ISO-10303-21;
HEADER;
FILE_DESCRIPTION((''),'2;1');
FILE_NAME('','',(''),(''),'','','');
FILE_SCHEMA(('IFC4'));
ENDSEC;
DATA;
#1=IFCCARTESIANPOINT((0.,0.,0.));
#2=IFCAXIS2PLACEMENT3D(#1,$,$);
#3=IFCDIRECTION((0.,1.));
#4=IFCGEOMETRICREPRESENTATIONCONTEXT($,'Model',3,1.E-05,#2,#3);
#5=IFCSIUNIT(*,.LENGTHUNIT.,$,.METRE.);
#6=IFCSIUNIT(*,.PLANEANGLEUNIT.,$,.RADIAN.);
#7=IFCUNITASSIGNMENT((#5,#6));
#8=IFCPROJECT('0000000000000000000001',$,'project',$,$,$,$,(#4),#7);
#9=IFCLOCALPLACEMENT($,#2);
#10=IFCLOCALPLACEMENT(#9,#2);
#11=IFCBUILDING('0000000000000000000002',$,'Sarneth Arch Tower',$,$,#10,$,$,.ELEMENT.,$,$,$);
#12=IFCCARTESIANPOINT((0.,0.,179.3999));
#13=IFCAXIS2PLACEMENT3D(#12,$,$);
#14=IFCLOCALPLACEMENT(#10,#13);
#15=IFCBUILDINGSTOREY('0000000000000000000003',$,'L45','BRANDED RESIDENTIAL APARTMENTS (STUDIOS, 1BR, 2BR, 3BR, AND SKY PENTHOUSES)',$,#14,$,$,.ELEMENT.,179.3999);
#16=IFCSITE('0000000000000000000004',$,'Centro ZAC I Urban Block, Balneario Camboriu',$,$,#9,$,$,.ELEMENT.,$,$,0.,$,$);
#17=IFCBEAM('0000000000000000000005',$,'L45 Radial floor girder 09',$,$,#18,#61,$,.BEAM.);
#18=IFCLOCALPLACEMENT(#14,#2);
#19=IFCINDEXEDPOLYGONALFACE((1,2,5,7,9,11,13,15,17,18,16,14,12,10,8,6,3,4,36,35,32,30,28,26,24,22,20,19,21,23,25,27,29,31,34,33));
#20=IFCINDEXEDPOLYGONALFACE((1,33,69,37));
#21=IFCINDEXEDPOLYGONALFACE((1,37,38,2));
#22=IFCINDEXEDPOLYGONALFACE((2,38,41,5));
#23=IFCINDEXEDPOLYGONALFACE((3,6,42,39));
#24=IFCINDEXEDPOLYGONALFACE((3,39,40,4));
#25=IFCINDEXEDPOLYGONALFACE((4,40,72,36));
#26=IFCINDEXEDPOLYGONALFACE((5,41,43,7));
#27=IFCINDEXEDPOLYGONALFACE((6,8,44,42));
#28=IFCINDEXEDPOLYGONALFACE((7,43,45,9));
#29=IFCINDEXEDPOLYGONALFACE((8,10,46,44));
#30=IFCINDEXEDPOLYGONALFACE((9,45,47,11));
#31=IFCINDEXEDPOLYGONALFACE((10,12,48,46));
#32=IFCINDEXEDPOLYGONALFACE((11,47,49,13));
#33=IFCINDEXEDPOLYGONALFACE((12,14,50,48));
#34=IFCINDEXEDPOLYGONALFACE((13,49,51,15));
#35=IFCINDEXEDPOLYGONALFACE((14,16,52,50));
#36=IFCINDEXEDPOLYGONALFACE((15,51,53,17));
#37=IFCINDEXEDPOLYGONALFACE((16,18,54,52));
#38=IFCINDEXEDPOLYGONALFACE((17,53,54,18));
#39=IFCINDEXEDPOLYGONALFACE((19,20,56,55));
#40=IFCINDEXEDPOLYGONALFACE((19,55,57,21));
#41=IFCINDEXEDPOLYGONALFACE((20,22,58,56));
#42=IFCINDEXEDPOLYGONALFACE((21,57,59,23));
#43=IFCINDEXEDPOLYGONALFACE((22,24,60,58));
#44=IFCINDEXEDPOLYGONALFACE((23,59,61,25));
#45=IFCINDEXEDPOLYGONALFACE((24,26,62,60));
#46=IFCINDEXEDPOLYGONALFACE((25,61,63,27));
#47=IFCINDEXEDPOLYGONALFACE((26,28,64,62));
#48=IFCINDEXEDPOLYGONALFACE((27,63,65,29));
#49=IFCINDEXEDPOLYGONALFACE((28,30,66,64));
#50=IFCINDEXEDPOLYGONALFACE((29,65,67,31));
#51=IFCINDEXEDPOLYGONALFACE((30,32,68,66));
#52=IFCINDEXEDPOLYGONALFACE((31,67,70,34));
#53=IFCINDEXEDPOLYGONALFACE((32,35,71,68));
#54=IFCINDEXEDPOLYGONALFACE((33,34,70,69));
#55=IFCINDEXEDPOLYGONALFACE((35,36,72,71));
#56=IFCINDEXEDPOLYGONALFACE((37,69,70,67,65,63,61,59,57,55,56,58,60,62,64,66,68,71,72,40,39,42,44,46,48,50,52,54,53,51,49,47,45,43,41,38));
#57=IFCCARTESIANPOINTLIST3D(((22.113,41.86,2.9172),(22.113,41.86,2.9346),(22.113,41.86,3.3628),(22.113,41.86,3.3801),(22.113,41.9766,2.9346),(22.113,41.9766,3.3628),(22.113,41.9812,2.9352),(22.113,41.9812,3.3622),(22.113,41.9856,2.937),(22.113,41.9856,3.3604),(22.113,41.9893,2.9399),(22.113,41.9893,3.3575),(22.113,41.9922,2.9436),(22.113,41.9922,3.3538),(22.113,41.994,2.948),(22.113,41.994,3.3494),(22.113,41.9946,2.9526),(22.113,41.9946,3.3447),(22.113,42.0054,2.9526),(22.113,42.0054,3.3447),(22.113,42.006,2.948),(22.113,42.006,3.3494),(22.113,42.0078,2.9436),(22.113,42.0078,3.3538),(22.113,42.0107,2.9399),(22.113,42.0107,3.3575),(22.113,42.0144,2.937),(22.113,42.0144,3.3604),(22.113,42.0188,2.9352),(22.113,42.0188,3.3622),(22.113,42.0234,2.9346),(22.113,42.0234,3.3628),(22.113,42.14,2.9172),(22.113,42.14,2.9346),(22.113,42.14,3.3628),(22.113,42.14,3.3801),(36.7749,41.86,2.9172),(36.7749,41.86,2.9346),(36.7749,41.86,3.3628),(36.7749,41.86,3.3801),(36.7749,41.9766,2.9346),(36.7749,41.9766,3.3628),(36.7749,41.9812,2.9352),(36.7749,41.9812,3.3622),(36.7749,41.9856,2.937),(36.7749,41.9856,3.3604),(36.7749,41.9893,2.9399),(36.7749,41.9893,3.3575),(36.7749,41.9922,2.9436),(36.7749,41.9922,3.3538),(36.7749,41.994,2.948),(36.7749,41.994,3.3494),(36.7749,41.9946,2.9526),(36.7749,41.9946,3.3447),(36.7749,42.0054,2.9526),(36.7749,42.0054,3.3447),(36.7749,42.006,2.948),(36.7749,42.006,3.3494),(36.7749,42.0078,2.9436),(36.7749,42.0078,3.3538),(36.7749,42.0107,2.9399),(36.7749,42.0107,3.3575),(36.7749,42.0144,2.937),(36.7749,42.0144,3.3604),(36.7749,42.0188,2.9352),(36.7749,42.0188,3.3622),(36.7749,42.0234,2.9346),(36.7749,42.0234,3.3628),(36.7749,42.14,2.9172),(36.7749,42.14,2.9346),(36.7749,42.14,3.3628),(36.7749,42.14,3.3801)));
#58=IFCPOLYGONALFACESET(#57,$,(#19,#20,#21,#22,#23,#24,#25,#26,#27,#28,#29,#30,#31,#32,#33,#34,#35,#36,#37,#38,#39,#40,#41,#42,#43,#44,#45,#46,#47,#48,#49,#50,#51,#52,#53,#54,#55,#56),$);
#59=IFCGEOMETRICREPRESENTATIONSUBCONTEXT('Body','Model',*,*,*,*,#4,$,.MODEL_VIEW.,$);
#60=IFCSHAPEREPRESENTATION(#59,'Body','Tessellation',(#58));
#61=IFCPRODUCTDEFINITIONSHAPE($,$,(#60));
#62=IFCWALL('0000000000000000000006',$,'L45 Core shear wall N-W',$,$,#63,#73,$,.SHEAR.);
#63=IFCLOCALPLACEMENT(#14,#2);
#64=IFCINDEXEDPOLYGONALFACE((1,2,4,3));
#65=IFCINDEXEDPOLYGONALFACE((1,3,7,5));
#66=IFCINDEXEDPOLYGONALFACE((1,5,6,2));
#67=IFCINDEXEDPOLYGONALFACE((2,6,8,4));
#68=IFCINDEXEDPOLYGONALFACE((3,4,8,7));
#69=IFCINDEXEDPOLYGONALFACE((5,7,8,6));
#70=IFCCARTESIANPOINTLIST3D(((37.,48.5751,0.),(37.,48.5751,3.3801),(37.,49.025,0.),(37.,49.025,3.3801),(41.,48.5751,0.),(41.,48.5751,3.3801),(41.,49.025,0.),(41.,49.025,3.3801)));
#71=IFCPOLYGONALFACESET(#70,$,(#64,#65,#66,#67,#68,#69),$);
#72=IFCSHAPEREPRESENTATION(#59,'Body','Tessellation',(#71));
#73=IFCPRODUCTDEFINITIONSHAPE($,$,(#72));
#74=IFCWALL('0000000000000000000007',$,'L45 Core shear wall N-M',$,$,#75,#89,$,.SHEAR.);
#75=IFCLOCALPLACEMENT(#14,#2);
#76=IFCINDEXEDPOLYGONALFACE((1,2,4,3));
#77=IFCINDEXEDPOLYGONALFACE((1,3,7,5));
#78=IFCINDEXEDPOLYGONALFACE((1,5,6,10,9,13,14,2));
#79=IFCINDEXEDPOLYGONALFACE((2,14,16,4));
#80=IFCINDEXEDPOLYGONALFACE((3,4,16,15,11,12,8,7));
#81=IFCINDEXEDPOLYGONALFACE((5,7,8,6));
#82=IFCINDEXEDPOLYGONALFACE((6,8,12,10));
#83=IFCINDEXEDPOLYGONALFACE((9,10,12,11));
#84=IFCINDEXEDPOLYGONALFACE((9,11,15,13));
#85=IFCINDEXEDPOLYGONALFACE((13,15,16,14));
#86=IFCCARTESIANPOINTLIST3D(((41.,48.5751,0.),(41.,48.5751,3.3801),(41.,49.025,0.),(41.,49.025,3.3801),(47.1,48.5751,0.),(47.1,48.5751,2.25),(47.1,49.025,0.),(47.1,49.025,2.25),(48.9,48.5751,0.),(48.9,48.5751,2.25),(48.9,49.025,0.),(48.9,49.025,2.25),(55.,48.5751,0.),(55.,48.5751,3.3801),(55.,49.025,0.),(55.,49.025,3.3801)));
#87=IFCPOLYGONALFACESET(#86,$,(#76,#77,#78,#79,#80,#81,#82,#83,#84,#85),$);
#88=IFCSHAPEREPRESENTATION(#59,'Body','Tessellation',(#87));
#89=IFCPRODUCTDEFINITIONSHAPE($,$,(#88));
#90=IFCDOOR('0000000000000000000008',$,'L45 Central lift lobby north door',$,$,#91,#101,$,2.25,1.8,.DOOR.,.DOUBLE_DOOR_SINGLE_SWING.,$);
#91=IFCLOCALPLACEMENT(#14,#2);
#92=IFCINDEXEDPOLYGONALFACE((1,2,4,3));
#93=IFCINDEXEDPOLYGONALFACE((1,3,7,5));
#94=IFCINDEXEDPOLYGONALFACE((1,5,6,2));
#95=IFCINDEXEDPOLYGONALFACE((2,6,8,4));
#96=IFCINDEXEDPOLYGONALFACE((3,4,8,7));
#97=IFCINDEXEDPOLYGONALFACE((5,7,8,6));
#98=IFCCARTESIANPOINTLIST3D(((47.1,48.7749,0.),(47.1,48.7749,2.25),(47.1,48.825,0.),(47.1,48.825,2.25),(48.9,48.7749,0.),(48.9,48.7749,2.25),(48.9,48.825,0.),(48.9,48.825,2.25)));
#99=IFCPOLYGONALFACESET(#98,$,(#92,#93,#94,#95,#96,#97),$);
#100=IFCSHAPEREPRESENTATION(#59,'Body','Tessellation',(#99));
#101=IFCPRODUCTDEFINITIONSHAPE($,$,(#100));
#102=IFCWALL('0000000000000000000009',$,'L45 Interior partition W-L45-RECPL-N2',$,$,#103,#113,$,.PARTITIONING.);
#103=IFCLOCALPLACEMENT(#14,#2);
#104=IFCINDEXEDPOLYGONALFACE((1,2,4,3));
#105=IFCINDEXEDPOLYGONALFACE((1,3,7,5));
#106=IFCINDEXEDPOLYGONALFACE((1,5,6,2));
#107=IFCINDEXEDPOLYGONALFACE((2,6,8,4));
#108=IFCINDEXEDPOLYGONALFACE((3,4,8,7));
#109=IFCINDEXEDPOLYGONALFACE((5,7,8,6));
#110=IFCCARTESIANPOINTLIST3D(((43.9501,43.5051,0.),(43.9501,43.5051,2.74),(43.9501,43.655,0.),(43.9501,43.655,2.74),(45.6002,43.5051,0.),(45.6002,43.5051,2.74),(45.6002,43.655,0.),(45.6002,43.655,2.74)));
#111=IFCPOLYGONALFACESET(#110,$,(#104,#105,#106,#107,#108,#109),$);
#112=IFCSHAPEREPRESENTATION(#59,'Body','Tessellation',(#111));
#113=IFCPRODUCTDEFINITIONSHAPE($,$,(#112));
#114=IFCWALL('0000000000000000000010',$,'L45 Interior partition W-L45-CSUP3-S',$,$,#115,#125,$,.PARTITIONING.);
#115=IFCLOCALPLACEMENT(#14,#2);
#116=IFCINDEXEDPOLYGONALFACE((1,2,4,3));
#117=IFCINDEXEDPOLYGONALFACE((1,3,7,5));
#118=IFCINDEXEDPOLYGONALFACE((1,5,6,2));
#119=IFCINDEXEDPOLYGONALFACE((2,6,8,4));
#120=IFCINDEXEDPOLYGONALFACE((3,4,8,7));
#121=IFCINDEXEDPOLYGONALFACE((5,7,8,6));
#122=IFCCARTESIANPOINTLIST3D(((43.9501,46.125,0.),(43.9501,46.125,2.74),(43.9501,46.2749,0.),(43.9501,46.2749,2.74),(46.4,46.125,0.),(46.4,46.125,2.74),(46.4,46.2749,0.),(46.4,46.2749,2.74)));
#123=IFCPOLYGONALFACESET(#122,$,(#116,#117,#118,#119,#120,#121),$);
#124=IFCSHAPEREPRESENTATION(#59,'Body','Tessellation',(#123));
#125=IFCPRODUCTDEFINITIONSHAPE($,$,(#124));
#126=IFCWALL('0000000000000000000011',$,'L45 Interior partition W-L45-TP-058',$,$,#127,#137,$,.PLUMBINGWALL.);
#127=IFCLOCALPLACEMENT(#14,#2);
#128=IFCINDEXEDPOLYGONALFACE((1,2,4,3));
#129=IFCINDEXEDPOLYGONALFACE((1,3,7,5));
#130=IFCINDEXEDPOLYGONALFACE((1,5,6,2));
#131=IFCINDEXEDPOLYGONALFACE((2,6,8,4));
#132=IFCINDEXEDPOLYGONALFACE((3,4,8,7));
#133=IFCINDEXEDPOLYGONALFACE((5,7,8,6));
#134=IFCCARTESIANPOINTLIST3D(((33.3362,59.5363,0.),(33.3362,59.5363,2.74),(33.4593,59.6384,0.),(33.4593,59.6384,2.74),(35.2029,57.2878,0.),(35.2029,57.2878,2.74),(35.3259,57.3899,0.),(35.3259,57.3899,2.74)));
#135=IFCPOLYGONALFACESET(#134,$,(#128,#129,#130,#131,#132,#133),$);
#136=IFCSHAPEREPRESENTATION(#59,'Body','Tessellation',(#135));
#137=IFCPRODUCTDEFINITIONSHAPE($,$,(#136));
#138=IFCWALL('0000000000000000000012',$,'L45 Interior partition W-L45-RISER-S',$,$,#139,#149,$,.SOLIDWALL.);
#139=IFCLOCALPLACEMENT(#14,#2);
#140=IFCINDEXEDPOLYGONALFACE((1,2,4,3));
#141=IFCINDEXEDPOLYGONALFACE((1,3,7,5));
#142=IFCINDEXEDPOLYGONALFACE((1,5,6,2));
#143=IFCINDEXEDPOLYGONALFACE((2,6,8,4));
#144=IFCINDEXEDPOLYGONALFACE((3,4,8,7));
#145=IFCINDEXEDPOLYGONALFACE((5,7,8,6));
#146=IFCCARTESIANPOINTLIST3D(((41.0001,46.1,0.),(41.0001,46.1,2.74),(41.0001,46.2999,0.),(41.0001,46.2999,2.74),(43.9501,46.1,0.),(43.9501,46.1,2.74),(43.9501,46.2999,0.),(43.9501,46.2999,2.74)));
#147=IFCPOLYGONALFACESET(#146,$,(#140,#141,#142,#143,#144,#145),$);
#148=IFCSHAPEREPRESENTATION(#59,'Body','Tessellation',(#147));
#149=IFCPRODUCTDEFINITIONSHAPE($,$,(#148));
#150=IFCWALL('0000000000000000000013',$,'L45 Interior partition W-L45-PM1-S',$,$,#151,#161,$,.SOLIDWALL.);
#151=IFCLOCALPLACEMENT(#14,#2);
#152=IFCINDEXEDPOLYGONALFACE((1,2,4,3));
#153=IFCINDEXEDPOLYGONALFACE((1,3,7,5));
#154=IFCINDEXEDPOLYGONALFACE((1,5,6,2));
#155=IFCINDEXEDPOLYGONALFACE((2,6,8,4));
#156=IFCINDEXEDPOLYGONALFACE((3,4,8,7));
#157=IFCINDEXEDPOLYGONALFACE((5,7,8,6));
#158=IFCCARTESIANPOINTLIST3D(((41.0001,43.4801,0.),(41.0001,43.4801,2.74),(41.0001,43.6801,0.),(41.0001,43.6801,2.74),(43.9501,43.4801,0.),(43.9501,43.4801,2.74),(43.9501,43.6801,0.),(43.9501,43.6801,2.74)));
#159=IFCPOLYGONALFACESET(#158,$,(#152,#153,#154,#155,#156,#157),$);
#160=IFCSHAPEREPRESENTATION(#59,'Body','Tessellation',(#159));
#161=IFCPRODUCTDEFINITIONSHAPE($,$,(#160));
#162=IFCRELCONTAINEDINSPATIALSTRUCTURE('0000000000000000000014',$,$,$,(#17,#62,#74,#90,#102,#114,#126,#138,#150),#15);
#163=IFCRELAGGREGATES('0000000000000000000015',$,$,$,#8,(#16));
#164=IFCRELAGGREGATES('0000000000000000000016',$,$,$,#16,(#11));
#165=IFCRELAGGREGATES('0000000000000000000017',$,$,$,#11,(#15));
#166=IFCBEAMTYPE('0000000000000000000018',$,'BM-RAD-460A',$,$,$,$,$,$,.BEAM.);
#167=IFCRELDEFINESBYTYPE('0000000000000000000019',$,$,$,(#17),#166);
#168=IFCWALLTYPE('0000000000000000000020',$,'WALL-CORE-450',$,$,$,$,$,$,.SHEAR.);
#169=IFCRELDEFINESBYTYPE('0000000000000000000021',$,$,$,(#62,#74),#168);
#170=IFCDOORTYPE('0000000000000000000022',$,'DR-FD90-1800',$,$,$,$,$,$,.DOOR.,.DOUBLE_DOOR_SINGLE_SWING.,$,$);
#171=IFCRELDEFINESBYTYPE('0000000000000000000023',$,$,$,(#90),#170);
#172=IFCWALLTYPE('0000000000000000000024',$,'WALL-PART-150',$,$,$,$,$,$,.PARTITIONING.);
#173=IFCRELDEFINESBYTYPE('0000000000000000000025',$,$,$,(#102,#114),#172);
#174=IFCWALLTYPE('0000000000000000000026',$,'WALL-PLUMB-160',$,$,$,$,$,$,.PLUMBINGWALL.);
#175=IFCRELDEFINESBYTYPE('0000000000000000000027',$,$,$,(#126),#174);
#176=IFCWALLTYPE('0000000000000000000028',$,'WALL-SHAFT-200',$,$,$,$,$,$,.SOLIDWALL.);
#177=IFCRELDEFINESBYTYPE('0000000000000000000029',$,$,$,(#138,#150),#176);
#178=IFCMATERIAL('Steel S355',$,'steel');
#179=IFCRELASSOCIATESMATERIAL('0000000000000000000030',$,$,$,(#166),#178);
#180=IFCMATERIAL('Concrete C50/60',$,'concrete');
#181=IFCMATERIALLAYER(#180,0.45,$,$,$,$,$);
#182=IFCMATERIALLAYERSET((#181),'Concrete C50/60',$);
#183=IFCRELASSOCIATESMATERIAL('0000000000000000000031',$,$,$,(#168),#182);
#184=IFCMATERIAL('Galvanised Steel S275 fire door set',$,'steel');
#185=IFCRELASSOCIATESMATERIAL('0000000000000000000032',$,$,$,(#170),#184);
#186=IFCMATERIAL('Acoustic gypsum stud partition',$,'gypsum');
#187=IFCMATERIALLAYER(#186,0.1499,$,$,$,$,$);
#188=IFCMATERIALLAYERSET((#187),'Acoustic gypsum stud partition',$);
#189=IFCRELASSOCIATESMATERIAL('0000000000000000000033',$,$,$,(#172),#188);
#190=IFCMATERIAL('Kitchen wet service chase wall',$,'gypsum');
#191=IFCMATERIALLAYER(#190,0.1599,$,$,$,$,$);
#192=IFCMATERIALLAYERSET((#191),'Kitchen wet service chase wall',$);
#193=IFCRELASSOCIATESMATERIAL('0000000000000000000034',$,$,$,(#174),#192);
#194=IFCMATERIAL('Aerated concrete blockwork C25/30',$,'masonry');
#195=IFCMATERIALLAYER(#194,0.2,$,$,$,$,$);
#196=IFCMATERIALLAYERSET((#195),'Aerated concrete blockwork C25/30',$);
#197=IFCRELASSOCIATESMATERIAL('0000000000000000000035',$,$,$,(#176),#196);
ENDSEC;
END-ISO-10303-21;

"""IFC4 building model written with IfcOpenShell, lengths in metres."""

from ifc_helpers import new_model, si_unit, direction, frame, frame_2d, origin, origin_2d, place, context, subcontext, project, spatial, rectangle, i_section, extrude, material, layer, layer_set, material_profile, profile_set, type_object, element, fill, save


model = new_model("IFC4")

# Units and contexts
model_context = context("Model", 3, precision=1e-05, world=origin(), true_north=direction((0.0, 1.0)))
body_context = subcontext(model_context, "Body", "Model", "MODEL_VIEW")
ifc_project = project(units=[si_unit("LENGTHUNIT", "METRE"), si_unit("PLANEANGLEUNIT", "RADIAN")], contexts=[model_context])

# Site, building, storey
site_placement = place(None, origin())
site = spatial("IfcSite", under=ifc_project, at=site_placement, Name="Centro ZAC I Urban Block, Balneario Camboriu", CompositionType="ELEMENT", RefElevation=0.0)
building_placement = place(site_placement, origin())
building = spatial("IfcBuilding", under=site, at=building_placement, Name="Sarneth Arch Tower", CompositionType="ELEMENT")
storey_placement = place(building_placement, frame((0.0, 0.0, 179.3999)))
storey = spatial("IfcBuildingStorey", under=building, at=storey_placement, Name="L45", Description="BRANDED RESIDENTIAL APARTMENTS (STUDIOS, 1BR, 2BR, 3BR, AND SKY PENTHOUSES)", CompositionType="ELEMENT", Elevation=179.3999)

# Beam
ifc_material_1 = material(Name="Steel S355", Category="steel")
ifc_material_profile_1 = material_profile(ifc_material_1, i_section(OverallWidth=0.28, OverallDepth=0.4629, WebThickness=0.0107, FlangeThickness=0.0173, FilletRadius=0.0181, at=origin_2d()), Name="W460x113")
ifc_profile_set_1 = profile_set([ifc_material_profile_1], Name="Steel S355")
beam_type_1 = type_object("IfcBeamType", Name="BM-RAD-460A", PredefinedType="BEAM", material=ifc_profile_set_1)
beam_1_placement = place(storey_placement, frame((36.7749, 42.0, 3.1487), z_axis=(-1.0, 0.0, 0.0), x_axis=(0.0, -1.0, 0.0)))
element("IfcBeam", 1, at=beam_1_placement, inside=storey, type_object=beam_type_1, Name="L45 Radial floor girder 09", PredefinedType="BEAM", context=body_context, shape_type="SweptSolid", body=[
    extrude(i_section(OverallWidth=0.28, OverallDepth=0.4629, WebThickness=0.0107, FlangeThickness=0.0173, FilletRadius=0.0181, at=origin_2d()), origin(), (0.0, 0.0, 1.0), 14.6619),
])

# Wall
ifc_material_2 = material(Name="Concrete C50/60", Category="concrete")
ifc_layer_1 = layer(ifc_material_2, 0.45)
ifc_layer_set_1 = layer_set([ifc_layer_1], Name="Concrete C50/60")
wall_type_1 = type_object("IfcWallType", Name="WALL-CORE-450", PredefinedType="SHEAR", material=ifc_layer_set_1)
wall_1_placement = place(storey_placement, frame((37.0, 48.8, 0.0), z_axis=(0.0, 0.0, 1.0), x_axis=(1.0, 0.0, 0.0)))
element("IfcWall", 2, at=wall_1_placement, inside=storey, type_object=wall_type_1, Name="L45 Core shear wall N-W", PredefinedType="SHEAR", context=body_context, shape_type="SweptSolid", body=[
    extrude(rectangle(XDim=4.0, YDim=0.45, at=frame_2d((2.0, 0.0))), origin(), (0.0, 0.0, 1.0), 3.3801),
])

# Wall, opening, door
wall_2_placement = place(storey_placement, frame((41.0, 48.8, 0.0), z_axis=(0.0, 0.0, 1.0), x_axis=(1.0, 0.0, 0.0)))
wall_2 = element("IfcWall", 3, at=wall_2_placement, inside=storey, type_object=wall_type_1, Name="L45 Core shear wall N-M", PredefinedType="SHEAR", context=body_context, shape_type="SweptSolid", body=[
    extrude(rectangle(XDim=14.0, YDim=0.45, at=frame_2d((7.0, 0.0))), origin(), (0.0, 0.0, 1.0), 3.3801),
])
opening_1_placement = place(wall_2_placement, frame((6.1001, 0.0, 0.0)))
opening_1 = element("IfcOpeningElement", 4, at=opening_1_placement, cuts=wall_2, PredefinedType="OPENING", context=body_context, shape_type="SweptSolid", body=[
    extrude(rectangle(XDim=1.8, YDim=2.25, at=frame_2d((0.8999, 1.125))), frame((0.0, 0.2349, 0.0), z_axis=(0.0, -1.0, 0.0), x_axis=(1.0, 0.0, 0.0)), (0.0, 0.0, 1.0), 0.47),
])
ifc_material_3 = material(Name="Galvanised Steel S275 fire door set", Category="steel")
door_type_1 = type_object("IfcDoorType", Name="DR-FD90-1800", OperationType="DOUBLE_DOOR_SINGLE_SWING", PredefinedType="DOOR", material=ifc_material_3)
door_1_placement = place(opening_1_placement, origin())
door_1 = element("IfcDoor", 5, at=door_1_placement, inside=storey, type_object=door_type_1, Name="L45 Central lift lobby north door", OperationType="DOUBLE_DOOR_SINGLE_SWING", OverallHeight=2.25, OverallWidth=1.8, PredefinedType="DOOR", context=body_context, shape_type="SweptSolid", body=[
    extrude(rectangle(XDim=1.8, YDim=2.25, at=frame_2d((0.8999, 1.125))), frame((0.0, 0.0249, 0.0), z_axis=(0.0, -1.0, 0.0), x_axis=(1.0, 0.0, 0.0)), (0.0, 0.0, 1.0), 0.05),
])
fill(opening_1, door_1)

# Walls
ifc_material_4 = material(Name="Acoustic gypsum stud partition", Category="gypsum")
ifc_layer_2 = layer(ifc_material_4, 0.1499)
ifc_layer_set_2 = layer_set([ifc_layer_2], Name="Acoustic gypsum stud partition")
wall_type_2 = type_object("IfcWallType", Name="WALL-PART-150", PredefinedType="PARTITIONING", material=ifc_layer_set_2)
wall_3_placement = place(storey_placement, frame((43.95, 43.5801, 0.0), z_axis=(0.0, 0.0, 1.0), x_axis=(1.0, 0.0, 0.0)))
element("IfcWall", 6, at=wall_3_placement, inside=storey, type_object=wall_type_2, Name="L45 Interior partition W-L45-RECPL-N2", PredefinedType="PARTITIONING", context=body_context, shape_type="SweptSolid", body=[
    extrude(rectangle(XDim=1.6501, YDim=0.1499, at=frame_2d((0.8252, 0.0))), origin(), (0.0, 0.0, 1.0), 2.74),
])
wall_4_placement = place(storey_placement, frame((43.95, 46.2, 0.0), z_axis=(0.0, 0.0, 1.0), x_axis=(1.0, 0.0, 0.0)))
element("IfcWall", 7, at=wall_4_placement, inside=storey, type_object=wall_type_2, Name="L45 Interior partition W-L45-CSUP3-S", PredefinedType="PARTITIONING", context=body_context, shape_type="SweptSolid", body=[
    extrude(rectangle(XDim=2.45, YDim=0.1499, at=frame_2d((1.2251, 0.0))), origin(), (0.0, 0.0, 1.0), 2.74),
])

# Walls
ifc_material_5 = material(Name="Kitchen wet service chase wall", Category="gypsum")
ifc_layer_3 = layer(ifc_material_5, 0.1599)
ifc_layer_set_3 = layer_set([ifc_layer_3], Name="Kitchen wet service chase wall")
wall_type_3 = type_object("IfcWallType", Name="WALL-PLUMB-160", PredefinedType="PLUMBINGWALL", material=ifc_layer_set_3)
wall_5_placement = place(storey_placement, frame((35.2644, 57.3389, 0.0), z_axis=(0.0, 0.0, 1.0), x_axis=(-0.638754, 0.769411, 0.0)))
element("IfcWall", 8, at=wall_5_placement, inside=storey, type_object=wall_type_3, Name="L45 Interior partition W-L45-TP-058", PredefinedType="PLUMBINGWALL", context=body_context, shape_type="SweptSolid", body=[
    extrude(rectangle(XDim=2.9224, YDim=0.1599, at=frame_2d((1.4612, 0.0))), origin(), (0.0, 0.0, 1.0), 2.74),
])
ifc_material_6 = material(Name="Aerated concrete blockwork C25/30", Category="masonry")
ifc_layer_4 = layer(ifc_material_6, 0.2)
ifc_layer_set_4 = layer_set([ifc_layer_4], Name="Aerated concrete blockwork C25/30")
wall_type_4 = type_object("IfcWallType", Name="WALL-SHAFT-200", PredefinedType="SOLIDWALL", material=ifc_layer_set_4)
wall_6_placement = place(storey_placement, frame((41.0, 46.2, 0.0), z_axis=(0.0, 0.0, 1.0), x_axis=(1.0, 0.0, 0.0)))
element("IfcWall", 9, at=wall_6_placement, inside=storey, type_object=wall_type_4, Name="L45 Interior partition W-L45-RISER-S", PredefinedType="SOLIDWALL", context=body_context, shape_type="SweptSolid", body=[
    extrude(rectangle(XDim=2.95, YDim=0.2, at=frame_2d((1.4751, 0.0))), origin(), (0.0, 0.0, 1.0), 2.74),
])

# Wall
wall_7_placement = place(storey_placement, frame((41.0, 43.5801, 0.0), z_axis=(0.0, 0.0, 1.0), x_axis=(1.0, 0.0, 0.0)))
element("IfcWall", 10, at=wall_7_placement, inside=storey, type_object=wall_type_4, Name="L45 Interior partition W-L45-PM1-S", PredefinedType="SOLIDWALL", context=body_context, shape_type="SweptSolid", body=[
    extrude(rectangle(XDim=2.95, YDim=0.2, at=frame_2d((1.4751, 0.0))), origin(), (0.0, 0.0, 1.0), 2.74),
])

save(model, "model.ifc")
